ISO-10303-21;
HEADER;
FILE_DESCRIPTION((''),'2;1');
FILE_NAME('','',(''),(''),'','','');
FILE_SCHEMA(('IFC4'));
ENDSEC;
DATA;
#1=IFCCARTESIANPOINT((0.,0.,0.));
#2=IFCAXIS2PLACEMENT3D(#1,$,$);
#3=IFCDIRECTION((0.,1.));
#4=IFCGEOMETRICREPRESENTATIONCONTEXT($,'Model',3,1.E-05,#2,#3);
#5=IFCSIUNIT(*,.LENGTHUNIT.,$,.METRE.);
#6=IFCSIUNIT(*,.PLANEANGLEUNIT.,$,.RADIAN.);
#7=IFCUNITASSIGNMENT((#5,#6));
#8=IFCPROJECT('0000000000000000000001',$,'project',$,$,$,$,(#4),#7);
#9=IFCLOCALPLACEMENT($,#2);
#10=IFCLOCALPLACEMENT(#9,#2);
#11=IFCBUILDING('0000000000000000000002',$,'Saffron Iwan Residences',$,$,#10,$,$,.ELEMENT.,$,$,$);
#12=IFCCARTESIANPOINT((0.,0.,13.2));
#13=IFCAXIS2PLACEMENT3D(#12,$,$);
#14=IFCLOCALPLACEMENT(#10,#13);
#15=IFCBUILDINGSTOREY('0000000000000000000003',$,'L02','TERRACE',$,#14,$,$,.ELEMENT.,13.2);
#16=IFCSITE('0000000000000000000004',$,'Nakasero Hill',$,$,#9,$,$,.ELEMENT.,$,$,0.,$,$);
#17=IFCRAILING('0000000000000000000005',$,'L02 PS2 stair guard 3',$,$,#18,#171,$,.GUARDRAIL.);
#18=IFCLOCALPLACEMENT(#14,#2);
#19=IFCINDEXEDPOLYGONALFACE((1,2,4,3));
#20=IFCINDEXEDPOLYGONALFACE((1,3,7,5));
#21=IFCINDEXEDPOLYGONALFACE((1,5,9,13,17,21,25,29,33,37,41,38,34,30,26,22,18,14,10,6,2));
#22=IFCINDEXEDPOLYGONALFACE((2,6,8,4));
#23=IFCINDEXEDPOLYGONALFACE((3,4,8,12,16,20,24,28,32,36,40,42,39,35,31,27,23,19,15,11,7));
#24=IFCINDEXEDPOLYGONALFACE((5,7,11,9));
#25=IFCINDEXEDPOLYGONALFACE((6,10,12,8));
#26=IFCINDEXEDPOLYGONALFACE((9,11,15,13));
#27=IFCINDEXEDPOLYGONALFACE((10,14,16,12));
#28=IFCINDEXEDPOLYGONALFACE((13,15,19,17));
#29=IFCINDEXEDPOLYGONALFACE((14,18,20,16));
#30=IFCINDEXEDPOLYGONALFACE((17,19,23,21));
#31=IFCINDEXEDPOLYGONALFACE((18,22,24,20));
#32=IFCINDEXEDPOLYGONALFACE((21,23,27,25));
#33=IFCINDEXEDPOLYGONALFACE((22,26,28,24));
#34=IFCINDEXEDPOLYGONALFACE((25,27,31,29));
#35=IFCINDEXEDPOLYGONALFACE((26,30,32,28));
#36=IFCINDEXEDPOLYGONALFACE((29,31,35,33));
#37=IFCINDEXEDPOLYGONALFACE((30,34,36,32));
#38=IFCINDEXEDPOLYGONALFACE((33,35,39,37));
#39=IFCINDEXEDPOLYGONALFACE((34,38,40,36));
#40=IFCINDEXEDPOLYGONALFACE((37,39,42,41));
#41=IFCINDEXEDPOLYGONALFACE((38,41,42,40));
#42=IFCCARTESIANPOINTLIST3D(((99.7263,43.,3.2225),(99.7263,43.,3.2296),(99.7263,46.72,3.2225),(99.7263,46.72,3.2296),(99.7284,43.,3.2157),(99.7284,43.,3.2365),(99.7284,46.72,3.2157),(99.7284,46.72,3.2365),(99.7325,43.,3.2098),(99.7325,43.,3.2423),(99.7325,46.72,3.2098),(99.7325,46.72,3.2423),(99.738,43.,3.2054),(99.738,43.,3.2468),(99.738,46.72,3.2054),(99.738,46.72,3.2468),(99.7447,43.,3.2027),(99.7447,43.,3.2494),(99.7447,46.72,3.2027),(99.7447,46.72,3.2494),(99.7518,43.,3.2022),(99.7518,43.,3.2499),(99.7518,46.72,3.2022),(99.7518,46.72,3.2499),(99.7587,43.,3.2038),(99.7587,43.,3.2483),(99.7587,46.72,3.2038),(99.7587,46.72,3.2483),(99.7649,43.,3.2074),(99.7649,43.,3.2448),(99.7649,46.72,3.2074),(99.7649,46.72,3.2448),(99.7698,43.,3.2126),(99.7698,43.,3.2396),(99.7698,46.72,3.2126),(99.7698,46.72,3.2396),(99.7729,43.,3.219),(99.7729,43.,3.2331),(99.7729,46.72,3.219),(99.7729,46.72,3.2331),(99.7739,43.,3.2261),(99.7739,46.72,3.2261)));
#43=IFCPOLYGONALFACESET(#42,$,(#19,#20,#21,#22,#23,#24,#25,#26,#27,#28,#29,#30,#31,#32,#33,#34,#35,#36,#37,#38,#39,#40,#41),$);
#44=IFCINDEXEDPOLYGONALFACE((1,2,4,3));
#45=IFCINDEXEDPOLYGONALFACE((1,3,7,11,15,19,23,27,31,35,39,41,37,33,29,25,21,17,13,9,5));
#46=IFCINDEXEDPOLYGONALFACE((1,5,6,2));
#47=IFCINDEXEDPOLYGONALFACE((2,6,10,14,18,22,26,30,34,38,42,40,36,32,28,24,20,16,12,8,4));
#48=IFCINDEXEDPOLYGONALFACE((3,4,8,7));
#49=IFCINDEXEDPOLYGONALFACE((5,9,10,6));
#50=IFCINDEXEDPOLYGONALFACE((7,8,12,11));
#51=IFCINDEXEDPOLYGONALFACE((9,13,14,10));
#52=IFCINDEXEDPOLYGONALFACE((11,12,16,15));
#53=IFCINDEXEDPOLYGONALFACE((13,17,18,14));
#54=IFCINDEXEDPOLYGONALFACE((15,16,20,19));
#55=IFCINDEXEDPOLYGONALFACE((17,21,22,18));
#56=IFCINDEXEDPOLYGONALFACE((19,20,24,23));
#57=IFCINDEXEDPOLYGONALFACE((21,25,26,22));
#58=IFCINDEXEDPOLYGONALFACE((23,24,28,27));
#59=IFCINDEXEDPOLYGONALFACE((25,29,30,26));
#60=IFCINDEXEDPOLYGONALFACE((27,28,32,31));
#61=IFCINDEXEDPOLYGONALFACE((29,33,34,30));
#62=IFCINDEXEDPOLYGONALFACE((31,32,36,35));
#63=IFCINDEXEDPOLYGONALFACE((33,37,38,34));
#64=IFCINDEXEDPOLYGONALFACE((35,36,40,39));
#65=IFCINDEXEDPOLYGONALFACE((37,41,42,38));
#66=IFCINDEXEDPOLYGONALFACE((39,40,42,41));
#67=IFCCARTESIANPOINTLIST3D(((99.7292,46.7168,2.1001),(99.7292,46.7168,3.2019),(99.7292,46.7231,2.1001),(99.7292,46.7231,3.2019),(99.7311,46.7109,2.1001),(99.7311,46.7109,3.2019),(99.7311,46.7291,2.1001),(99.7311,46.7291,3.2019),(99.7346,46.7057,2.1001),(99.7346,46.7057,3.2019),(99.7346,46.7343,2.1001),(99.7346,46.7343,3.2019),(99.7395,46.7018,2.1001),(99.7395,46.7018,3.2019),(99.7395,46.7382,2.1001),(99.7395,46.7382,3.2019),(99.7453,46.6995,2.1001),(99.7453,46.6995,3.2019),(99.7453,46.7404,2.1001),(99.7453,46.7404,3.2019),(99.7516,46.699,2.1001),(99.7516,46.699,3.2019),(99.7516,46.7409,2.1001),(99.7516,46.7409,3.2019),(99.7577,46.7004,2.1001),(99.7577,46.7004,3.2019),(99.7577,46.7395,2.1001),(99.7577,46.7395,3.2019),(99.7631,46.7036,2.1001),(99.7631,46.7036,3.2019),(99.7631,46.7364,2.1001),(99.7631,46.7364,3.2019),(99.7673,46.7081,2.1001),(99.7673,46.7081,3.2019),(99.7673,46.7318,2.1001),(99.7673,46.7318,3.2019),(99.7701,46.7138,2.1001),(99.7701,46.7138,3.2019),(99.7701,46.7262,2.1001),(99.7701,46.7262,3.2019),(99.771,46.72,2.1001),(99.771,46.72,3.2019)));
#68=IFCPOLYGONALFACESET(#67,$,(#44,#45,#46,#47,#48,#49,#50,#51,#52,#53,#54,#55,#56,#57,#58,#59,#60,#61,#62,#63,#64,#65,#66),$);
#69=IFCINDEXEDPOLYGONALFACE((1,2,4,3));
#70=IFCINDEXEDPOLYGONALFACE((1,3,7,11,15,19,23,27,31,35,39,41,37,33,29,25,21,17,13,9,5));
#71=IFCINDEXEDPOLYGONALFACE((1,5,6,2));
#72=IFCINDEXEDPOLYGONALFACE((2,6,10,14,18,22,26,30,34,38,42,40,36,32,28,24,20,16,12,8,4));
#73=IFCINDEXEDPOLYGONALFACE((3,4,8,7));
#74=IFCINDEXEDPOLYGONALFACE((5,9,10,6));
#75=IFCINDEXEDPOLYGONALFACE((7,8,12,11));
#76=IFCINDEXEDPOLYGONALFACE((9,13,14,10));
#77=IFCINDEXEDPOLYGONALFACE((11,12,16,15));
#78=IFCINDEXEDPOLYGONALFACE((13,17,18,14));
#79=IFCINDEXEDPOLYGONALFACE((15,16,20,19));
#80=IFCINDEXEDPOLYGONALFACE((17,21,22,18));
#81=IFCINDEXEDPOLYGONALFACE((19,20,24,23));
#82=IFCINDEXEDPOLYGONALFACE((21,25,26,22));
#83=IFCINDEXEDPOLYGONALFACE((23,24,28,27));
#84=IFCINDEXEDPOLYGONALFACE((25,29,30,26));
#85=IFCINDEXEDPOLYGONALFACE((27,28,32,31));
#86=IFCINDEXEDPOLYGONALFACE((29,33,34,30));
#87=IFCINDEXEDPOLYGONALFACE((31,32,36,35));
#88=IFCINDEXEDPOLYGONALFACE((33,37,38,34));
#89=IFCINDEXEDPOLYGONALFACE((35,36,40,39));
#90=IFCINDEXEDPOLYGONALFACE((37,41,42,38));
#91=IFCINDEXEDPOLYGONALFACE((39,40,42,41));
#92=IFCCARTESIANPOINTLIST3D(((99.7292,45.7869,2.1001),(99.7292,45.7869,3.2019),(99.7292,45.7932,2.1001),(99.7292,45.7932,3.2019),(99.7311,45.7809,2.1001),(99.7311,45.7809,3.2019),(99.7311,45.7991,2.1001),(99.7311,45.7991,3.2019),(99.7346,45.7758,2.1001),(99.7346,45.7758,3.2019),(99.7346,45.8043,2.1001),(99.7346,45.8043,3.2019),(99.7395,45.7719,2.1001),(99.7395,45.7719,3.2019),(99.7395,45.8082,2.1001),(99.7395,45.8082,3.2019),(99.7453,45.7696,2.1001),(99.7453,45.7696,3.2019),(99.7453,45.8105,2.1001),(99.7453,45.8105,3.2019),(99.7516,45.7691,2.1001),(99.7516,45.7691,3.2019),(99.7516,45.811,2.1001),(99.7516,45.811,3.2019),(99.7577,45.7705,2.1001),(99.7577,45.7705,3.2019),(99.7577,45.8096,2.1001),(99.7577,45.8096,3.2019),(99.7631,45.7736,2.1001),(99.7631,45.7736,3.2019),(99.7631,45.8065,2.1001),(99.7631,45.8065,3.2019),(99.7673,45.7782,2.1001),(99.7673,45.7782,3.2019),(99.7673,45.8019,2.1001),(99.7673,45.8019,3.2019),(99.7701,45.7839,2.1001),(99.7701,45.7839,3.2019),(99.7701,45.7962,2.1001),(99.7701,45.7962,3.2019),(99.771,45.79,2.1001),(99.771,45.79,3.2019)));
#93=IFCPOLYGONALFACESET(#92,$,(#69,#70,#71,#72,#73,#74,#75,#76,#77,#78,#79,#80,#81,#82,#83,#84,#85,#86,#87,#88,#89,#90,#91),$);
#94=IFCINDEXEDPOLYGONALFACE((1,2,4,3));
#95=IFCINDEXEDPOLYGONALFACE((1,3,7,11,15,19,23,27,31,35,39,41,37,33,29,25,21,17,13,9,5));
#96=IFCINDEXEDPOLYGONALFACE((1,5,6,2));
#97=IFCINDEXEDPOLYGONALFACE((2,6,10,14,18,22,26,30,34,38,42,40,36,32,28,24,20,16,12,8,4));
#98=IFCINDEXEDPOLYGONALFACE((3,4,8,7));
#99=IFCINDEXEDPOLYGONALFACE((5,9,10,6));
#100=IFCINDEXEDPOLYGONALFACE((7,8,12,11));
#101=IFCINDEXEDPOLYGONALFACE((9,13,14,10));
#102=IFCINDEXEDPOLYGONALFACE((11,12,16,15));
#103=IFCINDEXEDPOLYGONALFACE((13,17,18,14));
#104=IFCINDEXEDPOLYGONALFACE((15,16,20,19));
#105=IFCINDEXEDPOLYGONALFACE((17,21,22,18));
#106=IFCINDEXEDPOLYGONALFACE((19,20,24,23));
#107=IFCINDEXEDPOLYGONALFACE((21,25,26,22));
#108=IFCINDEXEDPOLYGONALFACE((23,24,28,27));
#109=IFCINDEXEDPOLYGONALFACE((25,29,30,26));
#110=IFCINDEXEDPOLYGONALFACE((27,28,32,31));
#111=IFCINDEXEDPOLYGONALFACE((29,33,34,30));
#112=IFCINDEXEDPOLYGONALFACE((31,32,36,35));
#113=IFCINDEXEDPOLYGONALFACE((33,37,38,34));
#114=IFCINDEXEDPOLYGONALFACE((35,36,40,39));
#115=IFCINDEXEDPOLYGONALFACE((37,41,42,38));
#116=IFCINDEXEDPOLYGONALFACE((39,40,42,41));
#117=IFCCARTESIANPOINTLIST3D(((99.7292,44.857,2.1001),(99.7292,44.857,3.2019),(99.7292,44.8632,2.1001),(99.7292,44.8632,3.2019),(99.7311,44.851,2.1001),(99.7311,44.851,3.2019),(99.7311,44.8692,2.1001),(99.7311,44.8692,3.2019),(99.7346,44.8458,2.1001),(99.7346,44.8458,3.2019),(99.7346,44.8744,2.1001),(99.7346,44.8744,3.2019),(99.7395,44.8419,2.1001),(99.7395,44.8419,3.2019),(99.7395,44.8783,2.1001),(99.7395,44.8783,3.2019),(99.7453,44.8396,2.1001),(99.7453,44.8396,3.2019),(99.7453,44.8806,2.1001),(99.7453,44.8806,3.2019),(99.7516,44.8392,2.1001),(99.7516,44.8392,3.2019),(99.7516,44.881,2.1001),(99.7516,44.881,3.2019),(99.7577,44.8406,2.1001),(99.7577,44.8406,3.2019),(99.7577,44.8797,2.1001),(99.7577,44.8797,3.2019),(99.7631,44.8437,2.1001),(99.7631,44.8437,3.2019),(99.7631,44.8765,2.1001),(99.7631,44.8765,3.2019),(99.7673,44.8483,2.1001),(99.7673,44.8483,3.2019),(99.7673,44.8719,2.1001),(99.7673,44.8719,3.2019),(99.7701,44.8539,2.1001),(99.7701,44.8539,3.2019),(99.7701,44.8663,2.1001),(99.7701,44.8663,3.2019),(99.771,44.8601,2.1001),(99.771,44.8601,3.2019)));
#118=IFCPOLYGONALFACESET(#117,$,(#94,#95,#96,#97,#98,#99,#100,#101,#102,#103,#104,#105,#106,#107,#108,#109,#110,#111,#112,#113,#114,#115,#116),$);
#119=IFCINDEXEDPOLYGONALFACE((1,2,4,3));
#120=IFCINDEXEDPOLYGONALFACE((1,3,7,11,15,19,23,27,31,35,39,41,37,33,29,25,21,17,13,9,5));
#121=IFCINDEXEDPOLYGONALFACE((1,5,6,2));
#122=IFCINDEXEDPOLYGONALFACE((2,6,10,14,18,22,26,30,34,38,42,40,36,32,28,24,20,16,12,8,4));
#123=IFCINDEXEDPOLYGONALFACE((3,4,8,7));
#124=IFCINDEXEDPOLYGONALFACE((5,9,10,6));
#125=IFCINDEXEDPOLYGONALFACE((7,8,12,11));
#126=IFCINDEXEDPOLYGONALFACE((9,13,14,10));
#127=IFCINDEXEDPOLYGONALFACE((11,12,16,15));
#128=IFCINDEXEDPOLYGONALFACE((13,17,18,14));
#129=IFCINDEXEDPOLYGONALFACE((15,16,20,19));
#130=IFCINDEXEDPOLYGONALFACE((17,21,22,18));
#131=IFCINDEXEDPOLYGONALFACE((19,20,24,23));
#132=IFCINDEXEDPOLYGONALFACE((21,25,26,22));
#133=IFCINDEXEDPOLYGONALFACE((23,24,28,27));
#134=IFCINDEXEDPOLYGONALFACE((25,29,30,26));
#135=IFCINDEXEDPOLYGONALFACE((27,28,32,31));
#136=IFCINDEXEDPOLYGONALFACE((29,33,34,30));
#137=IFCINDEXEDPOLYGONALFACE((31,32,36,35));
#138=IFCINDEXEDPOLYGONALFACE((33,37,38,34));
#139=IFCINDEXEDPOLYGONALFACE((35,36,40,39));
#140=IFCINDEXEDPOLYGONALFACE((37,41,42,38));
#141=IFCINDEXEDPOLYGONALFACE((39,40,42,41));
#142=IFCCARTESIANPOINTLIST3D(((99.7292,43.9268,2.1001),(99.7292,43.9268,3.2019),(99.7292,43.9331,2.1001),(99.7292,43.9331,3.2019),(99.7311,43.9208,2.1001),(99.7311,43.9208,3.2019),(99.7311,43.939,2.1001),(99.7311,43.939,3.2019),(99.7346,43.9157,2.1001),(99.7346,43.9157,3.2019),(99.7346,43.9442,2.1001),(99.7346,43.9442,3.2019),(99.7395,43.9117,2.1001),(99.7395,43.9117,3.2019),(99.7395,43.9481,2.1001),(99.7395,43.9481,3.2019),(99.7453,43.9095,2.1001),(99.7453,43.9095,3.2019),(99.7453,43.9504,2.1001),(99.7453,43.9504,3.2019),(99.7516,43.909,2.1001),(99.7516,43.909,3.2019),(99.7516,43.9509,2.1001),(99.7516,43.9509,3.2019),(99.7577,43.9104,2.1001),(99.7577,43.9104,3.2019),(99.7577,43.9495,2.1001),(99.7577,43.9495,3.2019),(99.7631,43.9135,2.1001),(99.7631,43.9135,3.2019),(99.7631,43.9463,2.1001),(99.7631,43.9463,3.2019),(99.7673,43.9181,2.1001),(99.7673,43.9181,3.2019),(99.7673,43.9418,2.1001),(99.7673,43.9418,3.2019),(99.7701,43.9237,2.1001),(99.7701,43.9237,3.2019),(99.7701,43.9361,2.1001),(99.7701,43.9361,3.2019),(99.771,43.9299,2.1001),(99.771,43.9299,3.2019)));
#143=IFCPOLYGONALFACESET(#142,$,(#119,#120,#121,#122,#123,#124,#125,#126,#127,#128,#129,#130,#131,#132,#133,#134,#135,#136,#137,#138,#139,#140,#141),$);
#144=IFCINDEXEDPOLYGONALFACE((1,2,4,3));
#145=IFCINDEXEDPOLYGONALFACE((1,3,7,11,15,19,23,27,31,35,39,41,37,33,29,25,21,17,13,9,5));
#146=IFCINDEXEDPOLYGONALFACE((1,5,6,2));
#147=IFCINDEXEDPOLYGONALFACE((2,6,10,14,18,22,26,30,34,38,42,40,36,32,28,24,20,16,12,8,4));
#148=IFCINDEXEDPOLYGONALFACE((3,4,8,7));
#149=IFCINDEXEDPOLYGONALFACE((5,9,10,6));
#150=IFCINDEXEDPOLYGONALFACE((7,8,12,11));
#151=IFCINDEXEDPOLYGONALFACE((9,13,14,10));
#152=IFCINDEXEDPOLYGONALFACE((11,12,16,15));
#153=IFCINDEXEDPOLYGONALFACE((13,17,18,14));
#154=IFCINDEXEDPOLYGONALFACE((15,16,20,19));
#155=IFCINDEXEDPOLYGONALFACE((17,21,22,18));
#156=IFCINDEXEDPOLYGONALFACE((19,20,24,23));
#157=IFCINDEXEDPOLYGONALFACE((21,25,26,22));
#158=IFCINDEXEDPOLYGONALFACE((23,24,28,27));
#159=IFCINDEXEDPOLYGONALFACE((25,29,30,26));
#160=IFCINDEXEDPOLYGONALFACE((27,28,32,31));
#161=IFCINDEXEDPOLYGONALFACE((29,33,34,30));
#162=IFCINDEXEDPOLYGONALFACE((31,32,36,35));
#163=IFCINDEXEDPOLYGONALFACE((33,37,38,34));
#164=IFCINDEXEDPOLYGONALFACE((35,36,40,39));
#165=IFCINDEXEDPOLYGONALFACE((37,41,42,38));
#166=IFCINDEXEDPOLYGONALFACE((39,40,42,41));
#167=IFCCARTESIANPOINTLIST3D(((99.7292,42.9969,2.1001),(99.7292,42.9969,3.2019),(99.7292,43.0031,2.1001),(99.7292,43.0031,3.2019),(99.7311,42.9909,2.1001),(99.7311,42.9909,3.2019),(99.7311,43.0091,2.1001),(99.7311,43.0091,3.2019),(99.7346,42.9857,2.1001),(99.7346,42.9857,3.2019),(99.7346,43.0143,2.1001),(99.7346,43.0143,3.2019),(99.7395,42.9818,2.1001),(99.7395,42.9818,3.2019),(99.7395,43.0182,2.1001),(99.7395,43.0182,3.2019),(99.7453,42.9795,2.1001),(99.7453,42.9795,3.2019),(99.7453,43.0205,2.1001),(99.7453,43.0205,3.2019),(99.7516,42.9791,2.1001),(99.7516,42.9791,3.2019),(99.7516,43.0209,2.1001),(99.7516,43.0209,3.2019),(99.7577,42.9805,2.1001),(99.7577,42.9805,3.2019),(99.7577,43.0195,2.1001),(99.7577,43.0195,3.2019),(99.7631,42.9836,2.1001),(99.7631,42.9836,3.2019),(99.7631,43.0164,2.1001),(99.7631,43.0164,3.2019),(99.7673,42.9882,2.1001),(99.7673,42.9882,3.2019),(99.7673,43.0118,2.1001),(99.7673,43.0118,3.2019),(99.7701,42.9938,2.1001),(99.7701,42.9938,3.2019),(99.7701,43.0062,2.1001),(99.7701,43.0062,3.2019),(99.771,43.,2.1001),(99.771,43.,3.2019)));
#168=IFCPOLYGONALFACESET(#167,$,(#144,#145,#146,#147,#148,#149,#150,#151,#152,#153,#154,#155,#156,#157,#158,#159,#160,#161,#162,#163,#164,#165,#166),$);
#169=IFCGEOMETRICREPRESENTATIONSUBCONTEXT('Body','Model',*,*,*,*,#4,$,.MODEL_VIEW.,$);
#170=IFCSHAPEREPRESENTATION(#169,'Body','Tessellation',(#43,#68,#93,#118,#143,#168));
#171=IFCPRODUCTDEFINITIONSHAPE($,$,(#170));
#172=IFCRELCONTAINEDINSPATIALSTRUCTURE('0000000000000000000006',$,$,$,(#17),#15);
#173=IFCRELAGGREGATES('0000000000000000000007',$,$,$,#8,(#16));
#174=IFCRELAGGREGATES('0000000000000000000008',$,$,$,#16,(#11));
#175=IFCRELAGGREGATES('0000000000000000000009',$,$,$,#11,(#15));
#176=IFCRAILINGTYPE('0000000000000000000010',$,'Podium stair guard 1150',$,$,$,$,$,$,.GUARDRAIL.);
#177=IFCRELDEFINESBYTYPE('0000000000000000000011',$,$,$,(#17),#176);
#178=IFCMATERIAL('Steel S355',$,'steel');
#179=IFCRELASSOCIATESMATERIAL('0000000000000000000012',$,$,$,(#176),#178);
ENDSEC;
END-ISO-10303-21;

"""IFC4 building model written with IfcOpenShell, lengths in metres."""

from ifc_helpers import new_model, si_unit, direction, frame, origin, origin_2d, place, context, subcontext, project, spatial, circle, extrude, material, type_object, element, save


model = new_model("IFC4")

# Units and contexts
model_context = context("Model", 3, precision=1e-05, world=origin(), true_north=direction((0.0, 1.0)))
body_context = subcontext(model_context, "Body", "Model", "MODEL_VIEW")
ifc_project = project(units=[si_unit("LENGTHUNIT", "METRE"), si_unit("PLANEANGLEUNIT", "RADIAN")], contexts=[model_context])

# Site, building, storey
site_placement = place(None, origin())
site = spatial("IfcSite", under=ifc_project, at=site_placement, Name="Nakasero Hill", CompositionType="ELEMENT", RefElevation=0.0)
building_placement = place(site_placement, origin())
building = spatial("IfcBuilding", under=site, at=building_placement, Name="Saffron Iwan Residences", CompositionType="ELEMENT")
storey_placement = place(building_placement, frame((0.0, 0.0, 13.2)))
storey = spatial("IfcBuildingStorey", under=building, at=storey_placement, Name="L02", Description="TERRACE", CompositionType="ELEMENT", Elevation=13.2)

# Railing
ifc_material_1 = material(Name="Steel S355", Category="steel")
railing_type_1 = type_object("IfcRailingType", Name="Podium stair guard 1150", PredefinedType="GUARDRAIL", material=ifc_material_1)
railing_1_placement = place(storey_placement, frame((99.75, 46.72, 2.1001)))
element("IfcRailing", 1, at=railing_1_placement, inside=storey, type_object=railing_type_1, Name="L02 PS2 stair guard 3", PredefinedType="GUARDRAIL", context=body_context, shape_type="SweptSolid", body=[
    extrude(circle(Radius=0.0239, at=origin_2d()), frame((0.0, 0.0, 1.126), z_axis=(0.0, -1.0, 0.0), x_axis=(1.0, 0.0, 0.0)), (0.0, 0.0, 1.0), 3.72),
    extrude(circle(Radius=0.021, at=origin_2d()), origin(), (0.0, 0.0, 1.0), 1.1018),
    extrude(circle(Radius=0.021, at=origin_2d()), frame((0.0, -0.9299, 0.0)), (0.0, 0.0, 1.0), 1.1018),
    extrude(circle(Radius=0.021, at=origin_2d()), frame((0.0, -1.8599, 0.0)), (0.0, 0.0, 1.0), 1.1018),
    extrude(circle(Radius=0.021, at=origin_2d()), frame((0.0, -2.79, 0.0)), (0.0, 0.0, 1.0), 1.1018),
    extrude(circle(Radius=0.021, at=origin_2d()), frame((0.0, -3.72, 0.0)), (0.0, 0.0, 1.0), 1.1018),
])

save(model, "model.ifc")
